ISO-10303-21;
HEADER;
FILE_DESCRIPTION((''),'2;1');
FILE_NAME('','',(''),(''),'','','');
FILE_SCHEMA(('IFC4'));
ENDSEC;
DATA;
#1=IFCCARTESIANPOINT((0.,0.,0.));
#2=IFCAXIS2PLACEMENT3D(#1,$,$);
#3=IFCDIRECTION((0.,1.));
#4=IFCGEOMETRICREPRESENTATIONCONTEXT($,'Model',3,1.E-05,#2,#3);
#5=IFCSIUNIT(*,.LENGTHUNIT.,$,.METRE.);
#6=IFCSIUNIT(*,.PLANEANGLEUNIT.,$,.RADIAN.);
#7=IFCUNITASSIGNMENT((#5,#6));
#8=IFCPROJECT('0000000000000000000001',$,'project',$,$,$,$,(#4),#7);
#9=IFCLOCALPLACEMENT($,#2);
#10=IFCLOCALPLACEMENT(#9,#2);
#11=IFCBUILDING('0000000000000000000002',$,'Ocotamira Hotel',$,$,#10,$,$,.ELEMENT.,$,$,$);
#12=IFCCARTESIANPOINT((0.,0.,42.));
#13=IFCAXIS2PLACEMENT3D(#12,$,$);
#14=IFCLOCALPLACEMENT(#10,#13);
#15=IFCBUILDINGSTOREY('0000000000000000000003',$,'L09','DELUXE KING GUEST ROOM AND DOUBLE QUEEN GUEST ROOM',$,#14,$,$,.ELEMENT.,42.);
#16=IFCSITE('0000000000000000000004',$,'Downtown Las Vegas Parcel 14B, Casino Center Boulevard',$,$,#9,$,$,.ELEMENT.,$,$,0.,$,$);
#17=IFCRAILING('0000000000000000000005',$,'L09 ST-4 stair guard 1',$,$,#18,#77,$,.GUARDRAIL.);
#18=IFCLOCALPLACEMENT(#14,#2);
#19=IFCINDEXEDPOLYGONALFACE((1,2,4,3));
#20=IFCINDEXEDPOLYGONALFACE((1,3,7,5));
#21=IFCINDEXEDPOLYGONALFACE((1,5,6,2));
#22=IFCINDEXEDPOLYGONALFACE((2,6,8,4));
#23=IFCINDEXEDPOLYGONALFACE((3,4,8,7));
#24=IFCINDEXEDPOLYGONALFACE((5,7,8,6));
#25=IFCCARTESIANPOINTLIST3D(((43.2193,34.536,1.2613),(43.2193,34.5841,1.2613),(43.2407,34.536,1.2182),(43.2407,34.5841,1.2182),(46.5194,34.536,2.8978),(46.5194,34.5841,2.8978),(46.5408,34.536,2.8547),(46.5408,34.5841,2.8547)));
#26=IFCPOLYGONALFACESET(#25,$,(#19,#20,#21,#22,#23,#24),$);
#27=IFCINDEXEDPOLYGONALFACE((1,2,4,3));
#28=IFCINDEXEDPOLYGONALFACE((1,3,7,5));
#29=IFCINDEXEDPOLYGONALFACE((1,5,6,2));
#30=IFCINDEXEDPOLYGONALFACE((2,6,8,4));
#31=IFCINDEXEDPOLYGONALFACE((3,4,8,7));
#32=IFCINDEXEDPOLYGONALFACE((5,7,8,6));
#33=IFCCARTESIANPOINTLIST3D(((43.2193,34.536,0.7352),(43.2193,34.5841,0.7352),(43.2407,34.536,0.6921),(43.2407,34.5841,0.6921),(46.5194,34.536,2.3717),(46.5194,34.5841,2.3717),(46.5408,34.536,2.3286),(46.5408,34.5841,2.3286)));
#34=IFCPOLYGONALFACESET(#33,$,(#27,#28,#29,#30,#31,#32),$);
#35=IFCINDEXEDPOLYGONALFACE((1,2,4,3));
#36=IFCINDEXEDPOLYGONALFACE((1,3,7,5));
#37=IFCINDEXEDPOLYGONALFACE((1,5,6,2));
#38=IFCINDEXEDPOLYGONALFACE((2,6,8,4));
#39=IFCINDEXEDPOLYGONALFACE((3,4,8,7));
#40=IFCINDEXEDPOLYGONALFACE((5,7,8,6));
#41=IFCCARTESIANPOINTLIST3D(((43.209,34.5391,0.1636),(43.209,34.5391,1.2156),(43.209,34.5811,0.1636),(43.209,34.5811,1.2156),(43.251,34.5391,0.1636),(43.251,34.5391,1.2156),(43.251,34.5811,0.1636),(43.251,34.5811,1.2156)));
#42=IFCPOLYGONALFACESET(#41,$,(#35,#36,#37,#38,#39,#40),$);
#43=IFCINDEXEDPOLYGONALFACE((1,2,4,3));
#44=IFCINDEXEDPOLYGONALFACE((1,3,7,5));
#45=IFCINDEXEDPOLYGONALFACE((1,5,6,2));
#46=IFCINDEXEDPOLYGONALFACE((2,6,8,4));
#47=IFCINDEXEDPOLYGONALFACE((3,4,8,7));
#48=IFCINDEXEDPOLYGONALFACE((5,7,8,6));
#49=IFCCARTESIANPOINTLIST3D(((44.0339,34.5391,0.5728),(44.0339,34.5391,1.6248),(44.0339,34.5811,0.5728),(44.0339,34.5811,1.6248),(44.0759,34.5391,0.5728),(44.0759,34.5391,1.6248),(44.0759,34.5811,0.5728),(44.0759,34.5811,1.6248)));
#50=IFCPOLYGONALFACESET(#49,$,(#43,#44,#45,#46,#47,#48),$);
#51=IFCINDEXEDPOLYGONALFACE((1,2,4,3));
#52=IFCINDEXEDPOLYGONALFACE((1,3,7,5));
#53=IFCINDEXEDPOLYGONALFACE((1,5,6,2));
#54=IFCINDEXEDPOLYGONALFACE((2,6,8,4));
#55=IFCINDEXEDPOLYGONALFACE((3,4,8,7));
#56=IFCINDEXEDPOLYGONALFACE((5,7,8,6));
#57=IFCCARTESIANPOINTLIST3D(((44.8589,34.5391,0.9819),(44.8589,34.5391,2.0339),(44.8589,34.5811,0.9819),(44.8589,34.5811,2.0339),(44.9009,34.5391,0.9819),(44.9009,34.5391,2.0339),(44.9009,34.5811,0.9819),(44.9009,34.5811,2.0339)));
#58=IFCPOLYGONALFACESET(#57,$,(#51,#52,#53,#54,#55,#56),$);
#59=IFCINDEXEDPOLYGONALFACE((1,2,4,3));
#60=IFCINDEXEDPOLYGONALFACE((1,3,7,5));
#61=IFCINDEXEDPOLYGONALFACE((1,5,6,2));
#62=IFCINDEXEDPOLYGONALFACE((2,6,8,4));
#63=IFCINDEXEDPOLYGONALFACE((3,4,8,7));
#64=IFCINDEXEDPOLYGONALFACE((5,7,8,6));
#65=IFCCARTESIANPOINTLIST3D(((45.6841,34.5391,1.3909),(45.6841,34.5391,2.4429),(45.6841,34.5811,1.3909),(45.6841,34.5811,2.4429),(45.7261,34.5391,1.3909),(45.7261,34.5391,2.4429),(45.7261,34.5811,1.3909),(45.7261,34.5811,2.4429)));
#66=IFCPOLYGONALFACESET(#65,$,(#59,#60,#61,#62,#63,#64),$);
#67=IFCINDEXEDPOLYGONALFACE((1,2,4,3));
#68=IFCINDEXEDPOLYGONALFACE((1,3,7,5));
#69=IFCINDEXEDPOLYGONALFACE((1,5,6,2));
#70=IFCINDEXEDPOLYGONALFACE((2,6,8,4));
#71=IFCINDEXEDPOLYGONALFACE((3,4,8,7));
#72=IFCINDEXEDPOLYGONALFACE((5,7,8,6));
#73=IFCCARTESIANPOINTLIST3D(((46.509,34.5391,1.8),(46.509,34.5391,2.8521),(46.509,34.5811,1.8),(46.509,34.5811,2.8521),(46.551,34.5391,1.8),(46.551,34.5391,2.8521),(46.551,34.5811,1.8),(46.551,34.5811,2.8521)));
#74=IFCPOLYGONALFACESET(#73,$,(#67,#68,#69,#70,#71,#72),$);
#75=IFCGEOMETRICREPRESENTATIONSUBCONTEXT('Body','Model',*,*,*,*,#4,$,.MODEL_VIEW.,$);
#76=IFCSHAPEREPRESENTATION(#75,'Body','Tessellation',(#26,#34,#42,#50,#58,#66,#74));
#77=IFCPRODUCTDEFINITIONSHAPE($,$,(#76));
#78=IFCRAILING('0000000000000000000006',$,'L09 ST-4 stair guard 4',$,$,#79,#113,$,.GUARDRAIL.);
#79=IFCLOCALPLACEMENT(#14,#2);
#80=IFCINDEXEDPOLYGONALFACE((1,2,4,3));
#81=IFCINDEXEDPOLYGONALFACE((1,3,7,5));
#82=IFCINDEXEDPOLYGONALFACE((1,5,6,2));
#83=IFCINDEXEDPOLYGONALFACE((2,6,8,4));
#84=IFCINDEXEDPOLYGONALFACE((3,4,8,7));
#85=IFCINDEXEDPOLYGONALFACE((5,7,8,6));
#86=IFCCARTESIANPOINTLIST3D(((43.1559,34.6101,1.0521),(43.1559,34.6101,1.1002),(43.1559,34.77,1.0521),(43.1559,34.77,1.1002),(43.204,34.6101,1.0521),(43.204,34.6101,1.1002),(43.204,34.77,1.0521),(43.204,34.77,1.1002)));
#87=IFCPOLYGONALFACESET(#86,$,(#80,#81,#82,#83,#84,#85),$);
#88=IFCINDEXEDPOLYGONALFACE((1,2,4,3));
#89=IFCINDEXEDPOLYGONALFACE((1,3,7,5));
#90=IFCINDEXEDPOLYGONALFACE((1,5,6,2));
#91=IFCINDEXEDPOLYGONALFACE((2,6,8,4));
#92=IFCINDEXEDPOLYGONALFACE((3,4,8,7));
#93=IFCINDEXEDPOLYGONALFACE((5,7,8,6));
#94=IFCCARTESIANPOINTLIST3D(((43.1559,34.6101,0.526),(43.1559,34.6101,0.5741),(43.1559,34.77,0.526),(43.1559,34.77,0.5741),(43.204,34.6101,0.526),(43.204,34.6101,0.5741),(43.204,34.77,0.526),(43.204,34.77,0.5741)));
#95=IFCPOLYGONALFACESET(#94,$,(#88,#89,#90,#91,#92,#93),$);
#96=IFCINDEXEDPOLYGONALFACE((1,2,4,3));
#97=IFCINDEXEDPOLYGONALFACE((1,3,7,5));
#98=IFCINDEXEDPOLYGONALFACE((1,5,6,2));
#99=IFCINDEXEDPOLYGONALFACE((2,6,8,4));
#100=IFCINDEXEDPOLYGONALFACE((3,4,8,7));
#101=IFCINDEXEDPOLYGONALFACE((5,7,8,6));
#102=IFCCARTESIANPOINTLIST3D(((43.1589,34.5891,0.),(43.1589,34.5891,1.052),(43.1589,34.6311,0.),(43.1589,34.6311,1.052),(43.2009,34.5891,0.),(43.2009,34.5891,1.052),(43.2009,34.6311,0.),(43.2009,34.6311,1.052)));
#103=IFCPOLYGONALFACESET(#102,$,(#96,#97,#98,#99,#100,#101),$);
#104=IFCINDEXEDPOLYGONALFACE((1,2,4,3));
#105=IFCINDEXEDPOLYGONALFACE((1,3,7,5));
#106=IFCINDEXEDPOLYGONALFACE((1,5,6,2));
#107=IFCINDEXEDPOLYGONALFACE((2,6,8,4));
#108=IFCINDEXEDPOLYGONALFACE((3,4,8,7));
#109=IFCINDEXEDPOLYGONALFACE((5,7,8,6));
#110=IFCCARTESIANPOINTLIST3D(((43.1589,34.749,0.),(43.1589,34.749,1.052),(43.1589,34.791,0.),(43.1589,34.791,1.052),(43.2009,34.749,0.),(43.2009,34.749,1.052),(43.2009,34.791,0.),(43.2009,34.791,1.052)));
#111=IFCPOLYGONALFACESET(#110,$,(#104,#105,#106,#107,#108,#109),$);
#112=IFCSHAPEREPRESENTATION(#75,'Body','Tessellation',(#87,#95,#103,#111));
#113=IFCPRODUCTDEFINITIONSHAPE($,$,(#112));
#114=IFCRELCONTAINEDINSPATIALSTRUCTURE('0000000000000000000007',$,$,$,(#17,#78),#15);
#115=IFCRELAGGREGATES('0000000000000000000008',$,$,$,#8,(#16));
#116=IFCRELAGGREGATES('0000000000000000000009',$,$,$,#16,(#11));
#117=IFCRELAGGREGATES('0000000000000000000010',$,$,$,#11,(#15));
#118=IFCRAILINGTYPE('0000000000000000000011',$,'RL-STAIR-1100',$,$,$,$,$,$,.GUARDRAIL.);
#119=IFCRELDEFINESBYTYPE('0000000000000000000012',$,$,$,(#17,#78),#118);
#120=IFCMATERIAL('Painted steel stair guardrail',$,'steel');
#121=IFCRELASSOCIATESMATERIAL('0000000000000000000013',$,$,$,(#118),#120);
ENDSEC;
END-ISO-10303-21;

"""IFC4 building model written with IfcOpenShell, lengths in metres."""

from ifc_helpers import new_model, si_unit, direction, frame, origin, origin_2d, place, context, subcontext, project, spatial, rectangle, extrude, material, type_object, element, save


model = new_model("IFC4")

# Units and contexts
model_context = context("Model", 3, precision=1e-05, world=origin(), true_north=direction((0.0, 1.0)))
body_context = subcontext(model_context, "Body", "Model", "MODEL_VIEW")
ifc_project = project(units=[si_unit("LENGTHUNIT", "METRE"), si_unit("PLANEANGLEUNIT", "RADIAN")], contexts=[model_context])

# Site, building, storey
site_placement = place(None, origin())
site = spatial("IfcSite", under=ifc_project, at=site_placement, Name="Downtown Las Vegas Parcel 14B, Casino Center Boulevard", CompositionType="ELEMENT", RefElevation=0.0)
building_placement = place(site_placement, origin())
building = spatial("IfcBuilding", under=site, at=building_placement, Name="Ocotamira Hotel", CompositionType="ELEMENT")
storey_placement = place(building_placement, frame((0.0, 0.0, 42.0)))
storey = spatial("IfcBuildingStorey", under=building, at=storey_placement, Name="L09", Description="DELUXE KING GUEST ROOM AND DOUBLE QUEEN GUEST ROOM", CompositionType="ELEMENT", Elevation=42.0)

# Railings
ifc_material_1 = material(Name="Painted steel stair guardrail", Category="steel")
railing_type_1 = type_object("IfcRailingType", Name="RL-STAIR-1100", PredefinedType="GUARDRAIL", material=ifc_material_1)
railing_1_placement = place(storey_placement, frame((43.23, 34.5601, 0.1636)))
element("IfcRailing", 1, at=railing_1_placement, inside=storey, type_object=railing_type_1, Name="L09 ST-4 stair guard 1", PredefinedType="GUARDRAIL", context=body_context, shape_type="SweptSolid", body=[
    extrude(rectangle(XDim=0.0481, YDim=0.0481, at=origin_2d()), frame((0.0, 0.0, 1.0762), z_axis=(0.895894, 0.0, 0.444268), x_axis=(0.0, 1.0, 0.0)), (0.0, 0.0, 1.0), 3.6836),
    extrude(rectangle(XDim=0.0481, YDim=0.0481, at=origin_2d()), frame((0.0, 0.0, 0.55), z_axis=(0.895894, 0.0, 0.444268), x_axis=(0.0, 1.0, 0.0)), (0.0, 0.0, 1.0), 3.6836),
    extrude(rectangle(XDim=0.042, YDim=0.042, at=origin_2d()), origin(), (0.0, 0.0, 1.0), 1.052),
    extrude(rectangle(XDim=0.042, YDim=0.042, at=origin_2d()), frame((0.825, 0.0, 0.4092)), (0.0, 0.0, 1.0), 1.052),
    extrude(rectangle(XDim=0.042, YDim=0.042, at=origin_2d()), frame((1.6499, 0.0, 0.8184)), (0.0, 0.0, 1.0), 1.052),
    extrude(rectangle(XDim=0.042, YDim=0.042, at=origin_2d()), frame((2.4751, 0.0, 1.2273)), (0.0, 0.0, 1.0), 1.052),
    extrude(rectangle(XDim=0.042, YDim=0.042, at=origin_2d()), frame((3.3, 0.0, 1.6365)), (0.0, 0.0, 1.0), 1.052),
])
railing_2_placement = place(storey_placement, frame((43.1799, 34.6101, 0.0)))
element("IfcRailing", 2, at=railing_2_placement, inside=storey, type_object=railing_type_1, Name="L09 ST-4 stair guard 4", PredefinedType="GUARDRAIL", context=body_context, shape_type="SweptSolid", body=[
    extrude(rectangle(XDim=0.0481, YDim=0.0481, at=origin_2d()), frame((0.0, 0.0, 1.0762), z_axis=(0.0, 1.0, 0.0), x_axis=(-1.0, 0.0, 0.0)), (0.0, 0.0, 1.0), 0.1599),
    extrude(rectangle(XDim=0.0481, YDim=0.0481, at=origin_2d()), frame((0.0, 0.0, 0.55), z_axis=(0.0, 1.0, 0.0), x_axis=(-1.0, 0.0, 0.0)), (0.0, 0.0, 1.0), 0.1599),
    extrude(rectangle(XDim=0.042, YDim=0.042, at=origin_2d()), origin(), (0.0, 0.0, 1.0), 1.052),
    extrude(rectangle(XDim=0.042, YDim=0.042, at=origin_2d()), frame((0.0, 0.1599, 0.0)), (0.0, 0.0, 1.0), 1.052),
])

save(model, "model.ifc")
